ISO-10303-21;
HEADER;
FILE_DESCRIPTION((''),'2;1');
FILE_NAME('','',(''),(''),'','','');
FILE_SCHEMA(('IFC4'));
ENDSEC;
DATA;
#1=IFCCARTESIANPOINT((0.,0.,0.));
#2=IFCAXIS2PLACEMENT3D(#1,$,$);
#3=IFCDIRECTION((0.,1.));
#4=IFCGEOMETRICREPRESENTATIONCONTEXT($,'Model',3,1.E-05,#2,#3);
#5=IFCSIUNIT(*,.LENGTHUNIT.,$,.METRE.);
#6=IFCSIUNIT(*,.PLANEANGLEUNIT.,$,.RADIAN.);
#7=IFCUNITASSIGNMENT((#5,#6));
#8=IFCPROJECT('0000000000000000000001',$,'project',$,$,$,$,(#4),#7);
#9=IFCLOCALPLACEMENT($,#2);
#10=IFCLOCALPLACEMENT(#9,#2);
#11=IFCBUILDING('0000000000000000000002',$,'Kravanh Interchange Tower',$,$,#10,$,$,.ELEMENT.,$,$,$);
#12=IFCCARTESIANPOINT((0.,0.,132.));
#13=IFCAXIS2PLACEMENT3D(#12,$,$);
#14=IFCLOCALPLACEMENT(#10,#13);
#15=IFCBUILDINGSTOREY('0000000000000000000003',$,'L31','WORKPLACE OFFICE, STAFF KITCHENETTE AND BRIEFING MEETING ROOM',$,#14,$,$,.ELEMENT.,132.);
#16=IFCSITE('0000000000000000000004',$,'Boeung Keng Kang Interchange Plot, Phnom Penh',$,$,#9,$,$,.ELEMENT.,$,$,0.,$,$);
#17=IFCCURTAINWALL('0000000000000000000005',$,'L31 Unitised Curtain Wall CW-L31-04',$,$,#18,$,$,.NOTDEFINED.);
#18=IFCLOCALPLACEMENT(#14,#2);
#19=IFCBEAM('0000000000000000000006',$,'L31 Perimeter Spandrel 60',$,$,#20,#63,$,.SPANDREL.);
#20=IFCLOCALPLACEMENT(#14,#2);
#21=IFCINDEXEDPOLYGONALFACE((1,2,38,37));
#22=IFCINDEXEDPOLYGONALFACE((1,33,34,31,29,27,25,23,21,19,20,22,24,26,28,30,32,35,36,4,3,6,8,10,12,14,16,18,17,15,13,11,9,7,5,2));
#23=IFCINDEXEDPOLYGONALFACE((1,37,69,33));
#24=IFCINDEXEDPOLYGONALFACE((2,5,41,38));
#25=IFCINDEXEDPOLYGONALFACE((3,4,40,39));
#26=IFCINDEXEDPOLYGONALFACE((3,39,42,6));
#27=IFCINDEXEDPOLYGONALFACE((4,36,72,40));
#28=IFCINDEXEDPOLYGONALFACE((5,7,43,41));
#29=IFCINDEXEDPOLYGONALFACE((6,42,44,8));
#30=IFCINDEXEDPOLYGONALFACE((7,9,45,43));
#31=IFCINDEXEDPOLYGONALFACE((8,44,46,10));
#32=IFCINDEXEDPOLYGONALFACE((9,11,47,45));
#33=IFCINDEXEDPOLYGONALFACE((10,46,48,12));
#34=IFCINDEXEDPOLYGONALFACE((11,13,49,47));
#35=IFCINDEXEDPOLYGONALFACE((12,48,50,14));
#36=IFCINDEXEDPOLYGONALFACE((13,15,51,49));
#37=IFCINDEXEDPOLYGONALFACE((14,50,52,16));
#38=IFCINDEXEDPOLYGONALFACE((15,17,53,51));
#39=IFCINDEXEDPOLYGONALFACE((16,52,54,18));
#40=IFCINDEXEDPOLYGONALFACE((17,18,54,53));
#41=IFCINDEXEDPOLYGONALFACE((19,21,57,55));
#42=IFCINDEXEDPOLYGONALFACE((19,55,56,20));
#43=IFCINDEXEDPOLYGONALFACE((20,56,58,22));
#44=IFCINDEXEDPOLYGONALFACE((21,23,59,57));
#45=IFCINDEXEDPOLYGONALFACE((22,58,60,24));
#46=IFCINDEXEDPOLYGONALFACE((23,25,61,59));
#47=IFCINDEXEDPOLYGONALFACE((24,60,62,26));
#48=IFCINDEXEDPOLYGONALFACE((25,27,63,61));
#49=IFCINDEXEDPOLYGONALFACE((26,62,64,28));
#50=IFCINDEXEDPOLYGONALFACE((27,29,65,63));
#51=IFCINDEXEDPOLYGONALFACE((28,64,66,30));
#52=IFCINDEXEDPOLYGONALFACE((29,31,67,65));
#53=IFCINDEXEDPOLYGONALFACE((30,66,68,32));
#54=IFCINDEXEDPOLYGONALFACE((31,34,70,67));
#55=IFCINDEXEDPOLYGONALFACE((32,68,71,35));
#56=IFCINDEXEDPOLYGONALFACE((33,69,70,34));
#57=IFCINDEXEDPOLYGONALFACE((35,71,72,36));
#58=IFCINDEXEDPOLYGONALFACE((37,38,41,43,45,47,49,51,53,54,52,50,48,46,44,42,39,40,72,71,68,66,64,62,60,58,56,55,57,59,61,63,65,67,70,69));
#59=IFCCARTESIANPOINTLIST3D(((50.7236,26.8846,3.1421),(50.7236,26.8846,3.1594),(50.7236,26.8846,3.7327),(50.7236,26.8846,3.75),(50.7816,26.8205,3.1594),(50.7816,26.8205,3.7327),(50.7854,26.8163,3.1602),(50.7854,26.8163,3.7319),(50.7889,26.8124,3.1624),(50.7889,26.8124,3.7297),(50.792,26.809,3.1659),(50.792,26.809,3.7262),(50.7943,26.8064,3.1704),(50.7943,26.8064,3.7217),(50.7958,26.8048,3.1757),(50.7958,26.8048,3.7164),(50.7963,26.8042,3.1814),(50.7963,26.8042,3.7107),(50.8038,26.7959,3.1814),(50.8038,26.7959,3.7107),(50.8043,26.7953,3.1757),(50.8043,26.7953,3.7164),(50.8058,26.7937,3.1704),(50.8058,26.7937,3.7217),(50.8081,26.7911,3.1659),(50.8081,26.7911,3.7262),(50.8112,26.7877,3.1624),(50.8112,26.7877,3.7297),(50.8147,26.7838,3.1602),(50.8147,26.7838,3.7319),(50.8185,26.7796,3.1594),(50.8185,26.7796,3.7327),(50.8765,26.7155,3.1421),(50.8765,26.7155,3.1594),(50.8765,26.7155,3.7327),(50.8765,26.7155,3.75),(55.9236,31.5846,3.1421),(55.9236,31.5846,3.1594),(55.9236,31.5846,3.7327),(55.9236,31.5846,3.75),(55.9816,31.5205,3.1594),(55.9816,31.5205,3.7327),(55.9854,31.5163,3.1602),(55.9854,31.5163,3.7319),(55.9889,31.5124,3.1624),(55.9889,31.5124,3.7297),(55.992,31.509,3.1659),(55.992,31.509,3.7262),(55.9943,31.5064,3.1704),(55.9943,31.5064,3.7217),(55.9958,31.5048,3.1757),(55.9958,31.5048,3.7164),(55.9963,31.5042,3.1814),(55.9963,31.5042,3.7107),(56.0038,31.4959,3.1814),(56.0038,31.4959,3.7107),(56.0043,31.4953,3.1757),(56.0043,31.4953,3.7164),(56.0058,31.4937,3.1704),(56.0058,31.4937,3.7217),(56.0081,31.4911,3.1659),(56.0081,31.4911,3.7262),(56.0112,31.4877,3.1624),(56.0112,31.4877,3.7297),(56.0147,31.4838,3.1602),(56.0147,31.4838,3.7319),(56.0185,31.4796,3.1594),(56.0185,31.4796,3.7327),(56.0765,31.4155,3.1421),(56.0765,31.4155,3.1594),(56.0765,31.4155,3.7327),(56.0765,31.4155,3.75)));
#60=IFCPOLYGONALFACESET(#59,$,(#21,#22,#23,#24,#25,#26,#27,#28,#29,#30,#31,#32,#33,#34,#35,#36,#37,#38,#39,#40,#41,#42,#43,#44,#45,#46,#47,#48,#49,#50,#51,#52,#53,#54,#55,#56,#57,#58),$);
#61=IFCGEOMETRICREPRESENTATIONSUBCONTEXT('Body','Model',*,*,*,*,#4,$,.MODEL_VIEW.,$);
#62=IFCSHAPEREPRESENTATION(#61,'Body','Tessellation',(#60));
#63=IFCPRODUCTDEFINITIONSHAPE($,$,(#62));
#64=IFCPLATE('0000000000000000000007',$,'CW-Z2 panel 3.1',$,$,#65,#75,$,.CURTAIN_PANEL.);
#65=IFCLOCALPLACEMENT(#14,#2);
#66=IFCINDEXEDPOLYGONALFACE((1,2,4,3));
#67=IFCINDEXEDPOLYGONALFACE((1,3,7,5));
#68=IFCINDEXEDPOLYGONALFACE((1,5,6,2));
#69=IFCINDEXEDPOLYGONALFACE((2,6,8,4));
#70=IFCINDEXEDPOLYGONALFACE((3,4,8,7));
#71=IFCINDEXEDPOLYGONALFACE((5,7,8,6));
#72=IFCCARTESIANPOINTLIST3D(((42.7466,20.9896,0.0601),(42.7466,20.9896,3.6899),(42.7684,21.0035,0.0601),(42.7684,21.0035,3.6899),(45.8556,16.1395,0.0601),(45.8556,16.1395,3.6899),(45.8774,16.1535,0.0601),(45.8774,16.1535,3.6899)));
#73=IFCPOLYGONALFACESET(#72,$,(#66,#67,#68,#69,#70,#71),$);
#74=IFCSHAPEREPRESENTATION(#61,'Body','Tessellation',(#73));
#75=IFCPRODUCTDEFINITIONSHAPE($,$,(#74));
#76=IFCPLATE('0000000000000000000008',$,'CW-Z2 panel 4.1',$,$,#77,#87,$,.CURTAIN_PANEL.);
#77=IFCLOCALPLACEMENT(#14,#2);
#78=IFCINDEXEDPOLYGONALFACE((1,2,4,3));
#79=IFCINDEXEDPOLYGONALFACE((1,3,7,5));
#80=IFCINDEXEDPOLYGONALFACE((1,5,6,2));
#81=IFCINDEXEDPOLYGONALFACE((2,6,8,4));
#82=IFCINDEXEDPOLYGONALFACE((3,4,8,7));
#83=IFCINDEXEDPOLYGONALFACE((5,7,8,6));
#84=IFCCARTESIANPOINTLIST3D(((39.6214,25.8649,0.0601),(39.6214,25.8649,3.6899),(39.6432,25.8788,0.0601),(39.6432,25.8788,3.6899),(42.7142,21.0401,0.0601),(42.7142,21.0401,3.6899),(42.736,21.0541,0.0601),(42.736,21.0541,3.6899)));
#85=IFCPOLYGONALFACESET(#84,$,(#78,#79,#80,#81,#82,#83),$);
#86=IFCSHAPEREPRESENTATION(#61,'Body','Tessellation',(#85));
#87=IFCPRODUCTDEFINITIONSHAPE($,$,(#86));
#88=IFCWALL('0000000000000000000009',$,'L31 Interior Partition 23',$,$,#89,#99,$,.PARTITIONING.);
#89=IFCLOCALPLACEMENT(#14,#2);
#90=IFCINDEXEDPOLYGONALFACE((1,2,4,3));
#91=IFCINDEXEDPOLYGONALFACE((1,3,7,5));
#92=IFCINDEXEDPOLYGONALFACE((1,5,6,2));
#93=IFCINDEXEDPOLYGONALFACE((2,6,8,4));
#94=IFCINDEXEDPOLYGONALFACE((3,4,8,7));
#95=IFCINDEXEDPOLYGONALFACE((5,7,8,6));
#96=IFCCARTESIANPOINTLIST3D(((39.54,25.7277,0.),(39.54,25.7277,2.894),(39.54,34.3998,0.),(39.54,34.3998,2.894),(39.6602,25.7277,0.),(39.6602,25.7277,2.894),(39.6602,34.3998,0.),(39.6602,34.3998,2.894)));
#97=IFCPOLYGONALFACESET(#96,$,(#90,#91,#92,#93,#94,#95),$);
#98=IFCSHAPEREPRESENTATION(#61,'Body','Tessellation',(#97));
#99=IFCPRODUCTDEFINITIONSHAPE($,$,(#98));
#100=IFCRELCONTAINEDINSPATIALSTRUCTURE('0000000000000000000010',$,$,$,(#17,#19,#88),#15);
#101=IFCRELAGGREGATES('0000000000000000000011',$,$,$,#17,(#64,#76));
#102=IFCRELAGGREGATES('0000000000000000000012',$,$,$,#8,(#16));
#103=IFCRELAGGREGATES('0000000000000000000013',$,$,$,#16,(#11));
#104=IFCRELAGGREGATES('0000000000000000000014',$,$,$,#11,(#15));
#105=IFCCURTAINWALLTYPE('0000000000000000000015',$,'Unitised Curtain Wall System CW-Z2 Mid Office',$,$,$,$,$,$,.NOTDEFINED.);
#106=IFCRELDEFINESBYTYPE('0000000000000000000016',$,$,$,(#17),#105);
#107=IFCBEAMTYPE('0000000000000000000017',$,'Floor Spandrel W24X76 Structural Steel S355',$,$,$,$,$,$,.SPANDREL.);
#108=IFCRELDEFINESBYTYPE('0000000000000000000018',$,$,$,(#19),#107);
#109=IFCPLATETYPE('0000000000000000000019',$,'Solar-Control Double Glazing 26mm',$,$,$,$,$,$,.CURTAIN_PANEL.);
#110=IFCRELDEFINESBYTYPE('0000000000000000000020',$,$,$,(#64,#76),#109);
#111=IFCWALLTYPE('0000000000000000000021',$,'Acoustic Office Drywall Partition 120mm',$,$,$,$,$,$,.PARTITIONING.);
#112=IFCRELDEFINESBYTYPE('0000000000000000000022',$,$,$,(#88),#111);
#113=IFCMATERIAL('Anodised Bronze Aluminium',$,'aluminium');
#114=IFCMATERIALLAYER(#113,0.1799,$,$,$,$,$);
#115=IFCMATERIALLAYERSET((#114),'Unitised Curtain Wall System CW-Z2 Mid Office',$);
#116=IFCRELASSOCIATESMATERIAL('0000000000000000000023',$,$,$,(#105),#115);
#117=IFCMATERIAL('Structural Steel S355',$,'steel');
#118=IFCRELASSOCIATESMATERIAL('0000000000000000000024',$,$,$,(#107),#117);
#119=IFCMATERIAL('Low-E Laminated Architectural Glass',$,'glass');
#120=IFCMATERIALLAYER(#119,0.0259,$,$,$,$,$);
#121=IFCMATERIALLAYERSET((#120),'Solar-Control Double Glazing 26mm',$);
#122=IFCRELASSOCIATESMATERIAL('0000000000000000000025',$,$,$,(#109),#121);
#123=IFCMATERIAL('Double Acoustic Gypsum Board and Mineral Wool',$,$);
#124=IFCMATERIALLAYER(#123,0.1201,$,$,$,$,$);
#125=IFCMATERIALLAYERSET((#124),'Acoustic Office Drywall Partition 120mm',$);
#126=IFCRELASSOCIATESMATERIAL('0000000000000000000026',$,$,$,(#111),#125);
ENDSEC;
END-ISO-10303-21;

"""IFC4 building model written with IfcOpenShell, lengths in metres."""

from ifc_helpers import new_model, si_unit, direction, frame, frame_2d, origin, origin_2d, place, context, subcontext, project, spatial, rectangle, i_section, extrude, material, layer, layer_set, material_profile, profile_set, type_object, element, aggregate, save


model = new_model("IFC4")

# Units and contexts
model_context = context("Model", 3, precision=1e-05, world=origin(), true_north=direction((0.0, 1.0)))
body_context = subcontext(model_context, "Body", "Model", "MODEL_VIEW")
ifc_project = project(units=[si_unit("LENGTHUNIT", "METRE"), si_unit("PLANEANGLEUNIT", "RADIAN")], contexts=[model_context])

# Site, building, storey
site_placement = place(None, origin())
site = spatial("IfcSite", under=ifc_project, at=site_placement, Name="Boeung Keng Kang Interchange Plot, Phnom Penh", CompositionType="ELEMENT", RefElevation=0.0)
building_placement = place(site_placement, origin())
building = spatial("IfcBuilding", under=site, at=building_placement, Name="Kravanh Interchange Tower", CompositionType="ELEMENT")
storey_placement = place(building_placement, frame((0.0, 0.0, 132.0)))
storey = spatial("IfcBuildingStorey", under=building, at=storey_placement, Name="L31", Description="WORKPLACE OFFICE, STAFF KITCHENETTE AND BRIEFING MEETING ROOM", CompositionType="ELEMENT", Elevation=132.0)

# Curtain wall
ifc_material_1 = material(Name="Anodised Bronze Aluminium", Category="aluminium")
ifc_layer_1 = layer(ifc_material_1, 0.1799)
ifc_layer_set_1 = layer_set([ifc_layer_1], Name="Unitised Curtain Wall System CW-Z2 Mid Office")
curtain_wall_type = type_object("IfcCurtainWallType", Name="Unitised Curtain Wall System CW-Z2 Mid Office", PredefinedType="NOTDEFINED", material=ifc_layer_set_1)
curtain_wall_1_placement = place(storey_placement, origin())
curtain_wall_1 = element("IfcCurtainWall", 1, at=curtain_wall_1_placement, inside=storey, type_object=curtain_wall_type, Name="L31 Unitised Curtain Wall CW-L31-04", PredefinedType="NOTDEFINED")

# Beam
ifc_material_2 = material(Name="Structural Steel S355", Category="steel")
ifc_material_profile_1 = material_profile(ifc_material_2, i_section(OverallWidth=0.228, OverallDepth=0.6079, WebThickness=0.0112, FlangeThickness=0.0173, FilletRadius=0.022, at=origin_2d()), Name="W24X76")
ifc_profile_set_1 = profile_set([ifc_material_profile_1], Name="Structural Steel S355")
beam_type_1 = type_object("IfcBeamType", Name="Floor Spandrel W24X76 Structural Steel S355", PredefinedType="SPANDREL", material=ifc_profile_set_1)
beam_1_placement = place(storey_placement, frame((50.8, 26.8, 3.446), z_axis=(0.741874, 0.670539, 0.0), x_axis=(-0.670539, 0.741874, 0.0)))
element("IfcBeam", 2, at=beam_1_placement, inside=storey, type_object=beam_type_1, Name="L31 Perimeter Spandrel 60", PredefinedType="SPANDREL", context=body_context, shape_type="SweptSolid", body=[
    extrude(i_section(OverallWidth=0.228, OverallDepth=0.6079, WebThickness=0.0112, FlangeThickness=0.0173, FilletRadius=0.022, at=origin_2d()), origin(), (0.0, 0.0, 1.0), 7.0093),
])

# Plates
ifc_material_3 = material(Name="Low-E Laminated Architectural Glass", Category="glass")
ifc_layer_2 = layer(ifc_material_3, 0.0259)
ifc_layer_set_2 = layer_set([ifc_layer_2], Name="Solar-Control Double Glazing 26mm")
plate_type = type_object("IfcPlateType", Name="Solar-Control Double Glazing 26mm", PredefinedType="CURTAIN_PANEL", material=ifc_layer_set_2)
plate_1_placement = place(storey_placement, frame((44.312, 18.5715, 0.0601), z_axis=(0.0, 0.0, 1.0), x_axis=(-0.539665, 0.84188, 0.0)))
plate_1 = element("IfcPlate", 3, at=plate_1_placement, type_object=plate_type, Name="CW-Z2 panel 3.1", PredefinedType="CURTAIN_PANEL", context=body_context, shape_type="SweptSolid", body=[
    extrude(rectangle(XDim=5.761, YDim=0.0259, at=origin_2d()), origin(), (0.0, 0.0, 1.0), 3.6299),
])
plate_2_placement = place(storey_placement, frame((41.1787, 23.4595, 0.0601), z_axis=(0.0, 0.0, 1.0), x_axis=(-0.539665, 0.84188, 0.0)))
plate_2 = element("IfcPlate", 4, at=plate_2_placement, type_object=plate_type, Name="CW-Z2 panel 4.1", PredefinedType="CURTAIN_PANEL", context=body_context, shape_type="SweptSolid", body=[
    extrude(rectangle(XDim=5.731, YDim=0.0259, at=origin_2d()), origin(), (0.0, 0.0, 1.0), 3.6299),
])
aggregate(curtain_wall_1, [plate_1, plate_2])

# Wall
ifc_material_4 = material(Name="Double Acoustic Gypsum Board and Mineral Wool")
ifc_layer_3 = layer(ifc_material_4, 0.1201)
ifc_layer_set_3 = layer_set([ifc_layer_3], Name="Acoustic Office Drywall Partition 120mm")
wall_type = type_object("IfcWallType", Name="Acoustic Office Drywall Partition 120mm", PredefinedType="PARTITIONING", material=ifc_layer_set_3)
wall_placement = place(storey_placement, frame((39.6001, 25.7278, 0.0), z_axis=(0.0, 0.0, 1.0), x_axis=(0.0, 1.0, 0.0)))
element("IfcWall", 5, at=wall_placement, inside=storey, type_object=wall_type, Name="L31 Interior Partition 23", PredefinedType="PARTITIONING", context=body_context, shape_type="SweptSolid", body=[
    extrude(rectangle(XDim=8.6721, YDim=0.1201, at=frame_2d((4.3359, 0.0))), origin(), (0.0, 0.0, 1.0), 2.894),
])

save(model, "model.ifc")
